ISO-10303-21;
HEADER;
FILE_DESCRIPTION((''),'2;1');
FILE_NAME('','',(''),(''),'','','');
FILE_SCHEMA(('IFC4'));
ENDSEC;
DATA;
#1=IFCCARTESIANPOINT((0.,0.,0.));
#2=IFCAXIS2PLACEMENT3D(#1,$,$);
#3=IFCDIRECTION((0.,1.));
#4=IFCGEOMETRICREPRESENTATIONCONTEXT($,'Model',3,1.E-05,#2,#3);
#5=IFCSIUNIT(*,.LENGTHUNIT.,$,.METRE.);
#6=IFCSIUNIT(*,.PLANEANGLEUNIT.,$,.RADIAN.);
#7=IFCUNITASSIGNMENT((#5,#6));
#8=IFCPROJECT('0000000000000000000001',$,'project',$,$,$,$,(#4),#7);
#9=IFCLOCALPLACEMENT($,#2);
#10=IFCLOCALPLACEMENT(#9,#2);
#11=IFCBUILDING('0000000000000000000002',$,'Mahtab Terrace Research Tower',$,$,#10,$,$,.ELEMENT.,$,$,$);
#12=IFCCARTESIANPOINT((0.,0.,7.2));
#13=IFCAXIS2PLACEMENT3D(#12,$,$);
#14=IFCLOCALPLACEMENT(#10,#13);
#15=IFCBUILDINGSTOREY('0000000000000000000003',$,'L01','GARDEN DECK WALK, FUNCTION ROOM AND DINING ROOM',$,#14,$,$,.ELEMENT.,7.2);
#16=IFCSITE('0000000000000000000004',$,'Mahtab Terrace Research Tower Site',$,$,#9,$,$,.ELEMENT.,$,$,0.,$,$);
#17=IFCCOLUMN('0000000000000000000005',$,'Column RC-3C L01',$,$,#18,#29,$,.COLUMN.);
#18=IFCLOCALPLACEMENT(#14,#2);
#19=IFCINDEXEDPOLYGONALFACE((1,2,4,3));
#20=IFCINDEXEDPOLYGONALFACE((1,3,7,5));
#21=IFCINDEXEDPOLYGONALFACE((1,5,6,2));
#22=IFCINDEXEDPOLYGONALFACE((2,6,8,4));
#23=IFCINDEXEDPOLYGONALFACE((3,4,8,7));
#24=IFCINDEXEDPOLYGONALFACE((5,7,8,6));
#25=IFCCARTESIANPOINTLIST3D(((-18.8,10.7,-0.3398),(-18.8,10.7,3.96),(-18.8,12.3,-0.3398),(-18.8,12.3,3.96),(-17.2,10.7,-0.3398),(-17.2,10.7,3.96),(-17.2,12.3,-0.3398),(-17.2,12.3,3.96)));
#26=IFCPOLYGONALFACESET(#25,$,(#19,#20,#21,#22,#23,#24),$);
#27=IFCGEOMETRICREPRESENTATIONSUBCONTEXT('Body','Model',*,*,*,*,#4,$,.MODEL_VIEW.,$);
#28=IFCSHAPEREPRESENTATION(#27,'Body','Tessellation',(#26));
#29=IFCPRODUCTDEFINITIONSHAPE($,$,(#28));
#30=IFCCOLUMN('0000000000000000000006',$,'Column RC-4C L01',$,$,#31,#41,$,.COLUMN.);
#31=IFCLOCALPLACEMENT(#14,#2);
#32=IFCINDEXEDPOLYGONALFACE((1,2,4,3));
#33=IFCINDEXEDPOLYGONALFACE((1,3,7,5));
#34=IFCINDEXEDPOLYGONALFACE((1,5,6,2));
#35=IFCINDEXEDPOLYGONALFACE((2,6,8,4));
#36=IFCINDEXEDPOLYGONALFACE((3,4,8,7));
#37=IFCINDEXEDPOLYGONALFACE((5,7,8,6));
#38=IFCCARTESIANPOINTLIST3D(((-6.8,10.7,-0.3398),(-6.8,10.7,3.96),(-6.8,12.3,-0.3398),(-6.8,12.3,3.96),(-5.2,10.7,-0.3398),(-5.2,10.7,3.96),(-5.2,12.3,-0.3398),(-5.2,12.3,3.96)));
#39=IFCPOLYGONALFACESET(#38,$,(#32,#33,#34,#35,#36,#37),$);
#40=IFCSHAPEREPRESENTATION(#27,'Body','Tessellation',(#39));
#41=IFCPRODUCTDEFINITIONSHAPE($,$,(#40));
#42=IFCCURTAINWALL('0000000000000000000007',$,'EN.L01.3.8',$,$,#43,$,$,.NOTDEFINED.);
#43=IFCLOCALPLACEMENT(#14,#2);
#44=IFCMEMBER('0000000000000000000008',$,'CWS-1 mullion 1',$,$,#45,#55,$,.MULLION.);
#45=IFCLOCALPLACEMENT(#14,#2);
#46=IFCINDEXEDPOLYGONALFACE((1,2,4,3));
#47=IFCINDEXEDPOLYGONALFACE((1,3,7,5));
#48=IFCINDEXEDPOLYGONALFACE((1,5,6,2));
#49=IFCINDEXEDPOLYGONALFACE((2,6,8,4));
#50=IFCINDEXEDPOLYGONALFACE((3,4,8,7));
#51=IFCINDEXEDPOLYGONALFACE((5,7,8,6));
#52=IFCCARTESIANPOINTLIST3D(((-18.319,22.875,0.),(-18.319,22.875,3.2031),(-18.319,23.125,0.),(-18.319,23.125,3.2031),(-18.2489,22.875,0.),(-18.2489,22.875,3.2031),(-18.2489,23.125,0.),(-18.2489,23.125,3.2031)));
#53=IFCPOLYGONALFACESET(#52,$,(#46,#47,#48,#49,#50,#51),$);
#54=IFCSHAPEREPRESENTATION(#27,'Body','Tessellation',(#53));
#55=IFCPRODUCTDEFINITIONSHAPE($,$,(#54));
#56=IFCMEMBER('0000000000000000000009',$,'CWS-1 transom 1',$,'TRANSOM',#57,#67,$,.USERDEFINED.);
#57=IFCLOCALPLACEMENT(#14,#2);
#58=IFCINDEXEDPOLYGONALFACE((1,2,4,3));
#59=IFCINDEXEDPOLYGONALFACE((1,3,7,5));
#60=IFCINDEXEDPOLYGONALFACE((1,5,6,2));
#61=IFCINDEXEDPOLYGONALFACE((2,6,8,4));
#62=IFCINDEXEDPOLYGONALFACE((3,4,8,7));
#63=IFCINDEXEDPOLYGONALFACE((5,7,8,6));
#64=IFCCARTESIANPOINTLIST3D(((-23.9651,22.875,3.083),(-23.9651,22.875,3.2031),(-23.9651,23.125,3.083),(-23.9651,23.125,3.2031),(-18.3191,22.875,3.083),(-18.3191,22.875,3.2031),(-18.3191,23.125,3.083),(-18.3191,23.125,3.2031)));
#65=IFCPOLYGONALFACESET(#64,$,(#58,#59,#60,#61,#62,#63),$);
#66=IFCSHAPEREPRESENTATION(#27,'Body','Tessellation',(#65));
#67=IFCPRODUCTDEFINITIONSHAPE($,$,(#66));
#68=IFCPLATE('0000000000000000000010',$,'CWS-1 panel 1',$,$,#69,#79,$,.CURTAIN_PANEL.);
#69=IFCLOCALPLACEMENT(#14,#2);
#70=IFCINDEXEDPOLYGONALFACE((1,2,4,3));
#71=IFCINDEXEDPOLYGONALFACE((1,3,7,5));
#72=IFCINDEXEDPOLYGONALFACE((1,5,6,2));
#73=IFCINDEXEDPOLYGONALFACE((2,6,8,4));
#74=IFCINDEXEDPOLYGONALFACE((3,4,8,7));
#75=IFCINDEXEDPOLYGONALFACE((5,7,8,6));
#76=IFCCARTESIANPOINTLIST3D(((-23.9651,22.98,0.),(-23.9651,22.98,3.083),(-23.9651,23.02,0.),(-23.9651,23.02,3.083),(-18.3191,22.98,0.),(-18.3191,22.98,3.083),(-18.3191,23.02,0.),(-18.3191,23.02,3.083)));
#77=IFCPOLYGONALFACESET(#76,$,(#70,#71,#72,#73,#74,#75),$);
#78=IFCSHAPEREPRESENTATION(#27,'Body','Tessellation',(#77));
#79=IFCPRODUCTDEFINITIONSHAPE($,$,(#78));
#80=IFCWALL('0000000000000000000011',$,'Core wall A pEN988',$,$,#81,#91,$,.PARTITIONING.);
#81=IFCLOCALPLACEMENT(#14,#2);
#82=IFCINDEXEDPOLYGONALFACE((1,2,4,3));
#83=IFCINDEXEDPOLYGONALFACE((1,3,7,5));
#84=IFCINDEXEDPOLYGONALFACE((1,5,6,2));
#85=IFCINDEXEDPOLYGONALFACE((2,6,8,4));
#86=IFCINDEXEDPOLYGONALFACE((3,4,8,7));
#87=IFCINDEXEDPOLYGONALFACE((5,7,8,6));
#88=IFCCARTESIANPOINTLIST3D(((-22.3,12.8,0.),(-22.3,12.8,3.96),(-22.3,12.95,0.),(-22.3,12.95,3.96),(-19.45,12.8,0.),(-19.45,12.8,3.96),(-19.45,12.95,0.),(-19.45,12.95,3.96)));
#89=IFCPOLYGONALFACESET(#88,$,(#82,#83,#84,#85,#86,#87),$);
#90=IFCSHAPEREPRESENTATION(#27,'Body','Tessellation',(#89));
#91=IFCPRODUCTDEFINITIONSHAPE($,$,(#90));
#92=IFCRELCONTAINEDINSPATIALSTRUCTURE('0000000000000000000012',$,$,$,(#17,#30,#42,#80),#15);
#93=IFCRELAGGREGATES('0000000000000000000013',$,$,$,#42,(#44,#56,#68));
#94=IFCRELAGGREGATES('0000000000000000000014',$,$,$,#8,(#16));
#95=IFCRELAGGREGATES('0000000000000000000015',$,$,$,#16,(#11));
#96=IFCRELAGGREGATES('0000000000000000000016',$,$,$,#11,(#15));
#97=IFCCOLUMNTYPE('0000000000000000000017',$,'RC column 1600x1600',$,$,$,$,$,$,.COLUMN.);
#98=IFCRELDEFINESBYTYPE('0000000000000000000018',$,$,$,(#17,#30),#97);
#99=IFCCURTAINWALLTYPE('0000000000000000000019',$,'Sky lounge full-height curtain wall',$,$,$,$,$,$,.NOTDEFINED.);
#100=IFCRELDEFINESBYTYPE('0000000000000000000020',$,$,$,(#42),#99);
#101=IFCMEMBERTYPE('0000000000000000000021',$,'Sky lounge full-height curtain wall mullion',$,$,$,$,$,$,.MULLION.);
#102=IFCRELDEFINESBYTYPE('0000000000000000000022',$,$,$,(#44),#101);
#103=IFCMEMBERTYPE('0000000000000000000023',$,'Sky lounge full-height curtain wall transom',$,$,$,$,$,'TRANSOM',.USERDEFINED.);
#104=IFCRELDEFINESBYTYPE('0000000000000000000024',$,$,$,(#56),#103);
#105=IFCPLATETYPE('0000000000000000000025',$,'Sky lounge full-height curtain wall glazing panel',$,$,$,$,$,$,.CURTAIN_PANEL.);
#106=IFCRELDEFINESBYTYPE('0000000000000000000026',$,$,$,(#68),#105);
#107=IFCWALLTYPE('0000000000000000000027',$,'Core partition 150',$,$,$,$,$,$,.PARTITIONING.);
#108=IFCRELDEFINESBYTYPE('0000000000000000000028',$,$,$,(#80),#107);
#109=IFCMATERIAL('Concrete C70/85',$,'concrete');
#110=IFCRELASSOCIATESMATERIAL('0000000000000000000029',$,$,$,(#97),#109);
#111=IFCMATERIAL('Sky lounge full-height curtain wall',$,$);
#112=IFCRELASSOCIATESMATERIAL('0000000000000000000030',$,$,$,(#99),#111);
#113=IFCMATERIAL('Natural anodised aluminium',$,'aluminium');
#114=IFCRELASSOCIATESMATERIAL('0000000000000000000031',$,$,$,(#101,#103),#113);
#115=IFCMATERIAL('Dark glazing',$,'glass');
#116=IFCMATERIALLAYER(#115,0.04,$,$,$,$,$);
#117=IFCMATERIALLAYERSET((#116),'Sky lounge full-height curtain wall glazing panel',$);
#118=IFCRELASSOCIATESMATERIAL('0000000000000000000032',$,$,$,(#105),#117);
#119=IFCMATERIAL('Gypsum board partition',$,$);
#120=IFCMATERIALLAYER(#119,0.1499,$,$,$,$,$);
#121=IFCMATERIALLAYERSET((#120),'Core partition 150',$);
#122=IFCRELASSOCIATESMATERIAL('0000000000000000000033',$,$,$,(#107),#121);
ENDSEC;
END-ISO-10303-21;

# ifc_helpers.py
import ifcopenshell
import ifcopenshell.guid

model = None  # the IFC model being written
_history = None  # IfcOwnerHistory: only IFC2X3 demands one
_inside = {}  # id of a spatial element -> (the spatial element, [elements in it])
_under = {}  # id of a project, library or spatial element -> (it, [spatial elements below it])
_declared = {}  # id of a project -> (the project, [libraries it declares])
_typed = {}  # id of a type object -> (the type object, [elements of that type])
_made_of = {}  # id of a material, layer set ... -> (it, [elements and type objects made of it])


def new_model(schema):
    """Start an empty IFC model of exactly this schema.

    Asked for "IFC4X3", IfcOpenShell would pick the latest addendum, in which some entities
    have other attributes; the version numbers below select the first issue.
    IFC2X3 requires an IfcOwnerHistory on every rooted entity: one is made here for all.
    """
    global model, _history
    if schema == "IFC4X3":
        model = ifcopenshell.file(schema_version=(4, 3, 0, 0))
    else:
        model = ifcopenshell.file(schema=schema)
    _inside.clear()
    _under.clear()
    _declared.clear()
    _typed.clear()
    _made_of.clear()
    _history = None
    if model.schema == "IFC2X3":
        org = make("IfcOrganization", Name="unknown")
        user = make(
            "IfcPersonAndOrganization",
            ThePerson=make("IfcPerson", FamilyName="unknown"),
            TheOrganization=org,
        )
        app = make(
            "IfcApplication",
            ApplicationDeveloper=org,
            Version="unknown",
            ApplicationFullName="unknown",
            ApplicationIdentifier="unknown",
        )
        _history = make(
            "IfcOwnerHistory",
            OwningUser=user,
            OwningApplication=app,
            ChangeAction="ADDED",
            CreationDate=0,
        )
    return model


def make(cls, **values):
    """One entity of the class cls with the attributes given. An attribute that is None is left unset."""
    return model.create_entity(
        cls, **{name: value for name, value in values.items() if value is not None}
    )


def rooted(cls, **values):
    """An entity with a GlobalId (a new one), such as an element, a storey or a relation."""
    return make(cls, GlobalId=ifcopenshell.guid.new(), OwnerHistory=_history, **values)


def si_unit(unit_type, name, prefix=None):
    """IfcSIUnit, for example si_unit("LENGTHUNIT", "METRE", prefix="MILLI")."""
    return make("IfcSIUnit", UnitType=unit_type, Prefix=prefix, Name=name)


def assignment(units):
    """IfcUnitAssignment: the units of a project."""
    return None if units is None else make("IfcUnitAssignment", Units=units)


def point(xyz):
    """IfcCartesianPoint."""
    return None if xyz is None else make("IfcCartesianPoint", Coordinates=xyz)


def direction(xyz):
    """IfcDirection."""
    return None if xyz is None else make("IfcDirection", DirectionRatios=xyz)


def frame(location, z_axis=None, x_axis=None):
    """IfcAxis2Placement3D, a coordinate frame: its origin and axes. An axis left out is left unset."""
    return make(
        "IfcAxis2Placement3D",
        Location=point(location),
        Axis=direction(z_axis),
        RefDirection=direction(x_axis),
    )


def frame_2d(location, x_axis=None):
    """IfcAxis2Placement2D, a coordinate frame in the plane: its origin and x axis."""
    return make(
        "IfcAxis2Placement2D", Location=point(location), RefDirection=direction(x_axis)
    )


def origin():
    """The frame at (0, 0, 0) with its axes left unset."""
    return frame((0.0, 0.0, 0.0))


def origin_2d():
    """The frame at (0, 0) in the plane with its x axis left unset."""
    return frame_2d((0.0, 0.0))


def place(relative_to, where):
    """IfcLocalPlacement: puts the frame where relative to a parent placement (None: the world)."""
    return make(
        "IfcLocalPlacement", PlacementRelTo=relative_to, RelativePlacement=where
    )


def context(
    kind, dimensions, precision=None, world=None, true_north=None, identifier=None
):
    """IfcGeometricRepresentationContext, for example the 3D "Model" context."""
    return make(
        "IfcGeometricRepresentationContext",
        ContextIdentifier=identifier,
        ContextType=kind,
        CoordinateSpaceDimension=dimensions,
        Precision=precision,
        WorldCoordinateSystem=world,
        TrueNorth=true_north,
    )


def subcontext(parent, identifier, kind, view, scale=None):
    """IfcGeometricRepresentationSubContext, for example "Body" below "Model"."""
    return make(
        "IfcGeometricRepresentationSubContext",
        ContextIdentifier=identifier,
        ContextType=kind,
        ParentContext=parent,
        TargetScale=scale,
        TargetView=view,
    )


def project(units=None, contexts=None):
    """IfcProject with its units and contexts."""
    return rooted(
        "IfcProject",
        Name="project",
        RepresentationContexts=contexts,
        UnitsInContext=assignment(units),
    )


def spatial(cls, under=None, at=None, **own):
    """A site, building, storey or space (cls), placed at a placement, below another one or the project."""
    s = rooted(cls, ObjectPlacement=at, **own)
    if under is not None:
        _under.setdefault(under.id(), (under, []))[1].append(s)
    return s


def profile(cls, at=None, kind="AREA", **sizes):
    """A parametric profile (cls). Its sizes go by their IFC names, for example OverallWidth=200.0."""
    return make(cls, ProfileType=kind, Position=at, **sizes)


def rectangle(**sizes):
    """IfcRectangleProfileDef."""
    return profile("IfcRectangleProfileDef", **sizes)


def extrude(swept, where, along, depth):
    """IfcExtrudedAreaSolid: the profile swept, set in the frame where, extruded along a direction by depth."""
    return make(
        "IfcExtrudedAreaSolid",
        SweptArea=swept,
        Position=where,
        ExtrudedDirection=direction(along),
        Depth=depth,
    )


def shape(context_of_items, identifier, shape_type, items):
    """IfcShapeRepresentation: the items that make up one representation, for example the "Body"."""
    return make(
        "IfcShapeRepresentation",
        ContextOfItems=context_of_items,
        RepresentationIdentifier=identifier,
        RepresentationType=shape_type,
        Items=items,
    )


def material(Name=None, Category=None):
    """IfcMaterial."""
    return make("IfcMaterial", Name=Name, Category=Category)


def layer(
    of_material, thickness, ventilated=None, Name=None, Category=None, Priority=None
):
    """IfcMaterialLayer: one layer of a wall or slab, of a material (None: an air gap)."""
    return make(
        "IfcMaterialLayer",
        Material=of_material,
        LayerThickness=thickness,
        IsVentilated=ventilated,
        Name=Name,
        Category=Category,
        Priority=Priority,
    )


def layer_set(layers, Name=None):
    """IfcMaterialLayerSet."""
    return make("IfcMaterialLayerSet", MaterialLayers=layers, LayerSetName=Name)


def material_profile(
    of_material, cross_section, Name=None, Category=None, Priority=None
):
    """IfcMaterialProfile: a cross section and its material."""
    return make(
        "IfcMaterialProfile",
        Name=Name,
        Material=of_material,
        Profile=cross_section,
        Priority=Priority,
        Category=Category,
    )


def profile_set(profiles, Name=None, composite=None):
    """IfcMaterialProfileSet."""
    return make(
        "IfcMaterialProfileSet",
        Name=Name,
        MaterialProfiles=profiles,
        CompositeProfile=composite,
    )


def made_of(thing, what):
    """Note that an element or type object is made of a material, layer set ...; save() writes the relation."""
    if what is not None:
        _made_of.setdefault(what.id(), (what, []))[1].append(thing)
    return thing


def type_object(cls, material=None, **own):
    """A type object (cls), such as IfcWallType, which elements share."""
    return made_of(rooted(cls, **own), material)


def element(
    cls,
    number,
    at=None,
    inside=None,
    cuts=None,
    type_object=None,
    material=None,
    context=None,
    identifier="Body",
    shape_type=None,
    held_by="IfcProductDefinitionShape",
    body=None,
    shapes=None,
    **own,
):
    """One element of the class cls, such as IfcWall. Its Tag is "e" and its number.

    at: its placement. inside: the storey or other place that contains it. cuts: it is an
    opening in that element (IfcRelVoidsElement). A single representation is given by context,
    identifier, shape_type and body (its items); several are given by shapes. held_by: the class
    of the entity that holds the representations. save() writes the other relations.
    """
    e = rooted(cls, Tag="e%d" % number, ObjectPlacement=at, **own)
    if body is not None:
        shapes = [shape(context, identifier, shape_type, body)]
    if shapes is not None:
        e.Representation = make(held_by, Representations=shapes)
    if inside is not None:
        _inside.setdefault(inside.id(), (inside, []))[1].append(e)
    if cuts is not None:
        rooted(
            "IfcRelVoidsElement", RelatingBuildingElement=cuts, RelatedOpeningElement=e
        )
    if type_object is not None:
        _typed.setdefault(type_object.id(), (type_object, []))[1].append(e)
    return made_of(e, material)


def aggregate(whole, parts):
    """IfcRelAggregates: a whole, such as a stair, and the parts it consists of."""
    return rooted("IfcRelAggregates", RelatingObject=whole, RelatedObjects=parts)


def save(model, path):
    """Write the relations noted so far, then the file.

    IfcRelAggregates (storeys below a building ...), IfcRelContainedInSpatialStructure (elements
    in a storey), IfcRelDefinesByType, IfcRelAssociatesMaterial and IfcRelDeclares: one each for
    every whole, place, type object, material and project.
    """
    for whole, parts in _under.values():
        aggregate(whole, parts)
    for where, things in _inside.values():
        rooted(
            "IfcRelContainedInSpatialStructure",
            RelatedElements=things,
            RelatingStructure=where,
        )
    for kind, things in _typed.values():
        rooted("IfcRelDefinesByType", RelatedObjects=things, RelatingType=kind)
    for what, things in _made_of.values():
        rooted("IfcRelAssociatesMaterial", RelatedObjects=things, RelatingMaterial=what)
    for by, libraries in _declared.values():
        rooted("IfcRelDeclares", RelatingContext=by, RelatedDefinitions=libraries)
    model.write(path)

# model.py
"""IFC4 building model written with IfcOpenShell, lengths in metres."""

from ifc_helpers import new_model, si_unit, direction, frame, frame_2d, origin, origin_2d, place, context, subcontext, project, spatial, rectangle, extrude, material, layer, layer_set, material_profile, profile_set, type_object, element, aggregate, save


model = new_model("IFC4")

# Units and contexts
model_context = context("Model", 3, precision=1e-05, world=origin(), true_north=direction((0.0, 1.0)))
body_context = subcontext(model_context, "Body", "Model", "MODEL_VIEW")
ifc_project = project(units=[si_unit("LENGTHUNIT", "METRE"), si_unit("PLANEANGLEUNIT", "RADIAN")], contexts=[model_context])

# Site, building, storey
site_placement = place(None, origin())
site = spatial("IfcSite", under=ifc_project, at=site_placement, Name="Mahtab Terrace Research Tower Site", CompositionType="ELEMENT", RefElevation=0.0)
building_placement = place(site_placement, origin())
building = spatial("IfcBuilding", under=site, at=building_placement, Name="Mahtab Terrace Research Tower", CompositionType="ELEMENT")
storey_placement = place(building_placement, frame((0.0, 0.0, 7.2)))
storey = spatial("IfcBuildingStorey", under=building, at=storey_placement, Name="L01", Description="GARDEN DECK WALK, FUNCTION ROOM AND DINING ROOM", CompositionType="ELEMENT", Elevation=7.2)

# Columns
ifc_material_1 = material(Name="Concrete C70/85", Category="concrete")
ifc_material_profile_1 = material_profile(ifc_material_1, rectangle(XDim=1.6001, YDim=1.6001, at=origin_2d()), Name="RC column 1600x1600")
ifc_profile_set_1 = profile_set([ifc_material_profile_1], Name="Concrete C70/85")
column_type = type_object("IfcColumnType", Name="RC column 1600x1600", PredefinedType="COLUMN", material=ifc_profile_set_1)
for number, where, z_axis, x_axis, name in (
    (1, (-18.0, 11.5, -0.3398), (0.0, 0.0, 1.0), (1.0, 0.0, 0.0), "Column RC-3C L01"),
    (2, (-6.0, 11.5, -0.3398), (0.0, 0.0, 1.0), (1.0, 0.0, 0.0), "Column RC-4C L01"),
):
    element("IfcColumn", number, at=place(storey_placement, frame(where, z_axis=z_axis, x_axis=x_axis)), inside=storey, type_object=column_type, Name=name, PredefinedType="COLUMN", context=body_context, shape_type="SweptSolid", body=[
        extrude(rectangle(XDim=1.6001, YDim=1.6001, at=origin_2d()), origin(), (0.0, 0.0, 1.0), 4.2998),
    ])

# Curtain wall, members, plate
ifc_material_2 = material(Name="Sky lounge full-height curtain wall")
curtain_wall_type = type_object("IfcCurtainWallType", Name="Sky lounge full-height curtain wall", PredefinedType="NOTDEFINED", material=ifc_material_2)
curtain_wall_placement = place(storey_placement, origin())
curtain_wall = element("IfcCurtainWall", 3, at=curtain_wall_placement, inside=storey, type_object=curtain_wall_type, Name="EN.L01.3.8", PredefinedType="NOTDEFINED")
ifc_material_3 = material(Name="Natural anodised aluminium", Category="aluminium")
ifc_material_profile_2 = material_profile(ifc_material_3, rectangle(XDim=0.25, YDim=0.0701, at=origin_2d()), Name="MULLION 70x250")
ifc_profile_set_2 = profile_set([ifc_material_profile_2], Name="Natural anodised aluminium")
member_type_1 = type_object("IfcMemberType", Name="Sky lounge full-height curtain wall mullion", PredefinedType="MULLION", material=ifc_profile_set_2)
member_1_placement = place(storey_placement, frame((-18.2839, 23.0, 0.0), z_axis=(0.0, 0.0, 1.0), x_axis=(0.0, -1.0, 0.0)))
member_1 = element("IfcMember", 4, at=member_1_placement, type_object=member_type_1, Name="CWS-1 mullion 1", PredefinedType="MULLION", context=body_context, shape_type="SweptSolid", body=[
    extrude(rectangle(XDim=0.25, YDim=0.0701, at=origin_2d()), origin(), (0.0, 0.0, 1.0), 3.2031),
])
ifc_material_profile_3 = material_profile(ifc_material_3, rectangle(XDim=0.25, YDim=0.1201, at=origin_2d()), Name="TRANSOM 120x250")
ifc_profile_set_3 = profile_set([ifc_material_profile_3], Name="Natural anodised aluminium")
member_type_2 = type_object("IfcMemberType", Name="Sky lounge full-height curtain wall transom", ElementType="TRANSOM", PredefinedType="USERDEFINED", material=ifc_profile_set_3)
member_2_placement = place(storey_placement, frame((-18.3191, 23.0, 3.1431), z_axis=(-1.0, 0.0, 0.0), x_axis=(0.0, -1.0, 0.0)))
member_2 = element("IfcMember", 5, at=member_2_placement, type_object=member_type_2, Name="CWS-1 transom 1", ObjectType="TRANSOM", PredefinedType="USERDEFINED", context=body_context, shape_type="SweptSolid", body=[
    extrude(rectangle(XDim=0.25, YDim=0.1201, at=origin_2d()), origin(), (0.0, 0.0, 1.0), 5.646),
])
ifc_material_4 = material(Name="Dark glazing", Category="glass")
ifc_layer_1 = layer(ifc_material_4, 0.04)
ifc_layer_set_1 = layer_set([ifc_layer_1], Name="Sky lounge full-height curtain wall glazing panel")
plate_type = type_object("IfcPlateType", Name="Sky lounge full-height curtain wall glazing panel", PredefinedType="CURTAIN_PANEL", material=ifc_layer_set_1)
plate_placement = place(storey_placement, frame((-21.1421, 23.0, 0.0), z_axis=(0.0, 0.0, 1.0), x_axis=(-1.0, 0.0, 0.0)))
plate = element("IfcPlate", 6, at=plate_placement, type_object=plate_type, Name="CWS-1 panel 1", PredefinedType="CURTAIN_PANEL", context=body_context, shape_type="SweptSolid", body=[
    extrude(rectangle(XDim=5.646, YDim=0.04, at=origin_2d()), origin(), (0.0, 0.0, 1.0), 3.083),
])
aggregate(curtain_wall, [member_1, member_2, plate])

# Wall
ifc_material_5 = material(Name="Gypsum board partition")
ifc_layer_2 = layer(ifc_material_5, 0.1499)
ifc_layer_set_2 = layer_set([ifc_layer_2], Name="Core partition 150")
wall_type_1 = type_object("IfcWallType", Name="Core partition 150", PredefinedType="PARTITIONING", material=ifc_layer_set_2)
wall_1_placement = place(storey_placement, frame((-22.3, 12.875, 0.0), z_axis=(0.0, 0.0, 1.0), x_axis=(1.0, 0.0, 0.0)))
element("IfcWall", 7, at=wall_1_placement, inside=storey, type_object=wall_type_1, Name="Core wall A pEN988", PredefinedType="PARTITIONING", context=body_context, shape_type="SweptSolid", body=[
    extrude(rectangle(XDim=2.8501, YDim=0.1499, at=frame_2d((1.425, 0.0))), origin(), (0.0, 0.0, 1.0), 3.96),
])

save(model, "model.ifc")
